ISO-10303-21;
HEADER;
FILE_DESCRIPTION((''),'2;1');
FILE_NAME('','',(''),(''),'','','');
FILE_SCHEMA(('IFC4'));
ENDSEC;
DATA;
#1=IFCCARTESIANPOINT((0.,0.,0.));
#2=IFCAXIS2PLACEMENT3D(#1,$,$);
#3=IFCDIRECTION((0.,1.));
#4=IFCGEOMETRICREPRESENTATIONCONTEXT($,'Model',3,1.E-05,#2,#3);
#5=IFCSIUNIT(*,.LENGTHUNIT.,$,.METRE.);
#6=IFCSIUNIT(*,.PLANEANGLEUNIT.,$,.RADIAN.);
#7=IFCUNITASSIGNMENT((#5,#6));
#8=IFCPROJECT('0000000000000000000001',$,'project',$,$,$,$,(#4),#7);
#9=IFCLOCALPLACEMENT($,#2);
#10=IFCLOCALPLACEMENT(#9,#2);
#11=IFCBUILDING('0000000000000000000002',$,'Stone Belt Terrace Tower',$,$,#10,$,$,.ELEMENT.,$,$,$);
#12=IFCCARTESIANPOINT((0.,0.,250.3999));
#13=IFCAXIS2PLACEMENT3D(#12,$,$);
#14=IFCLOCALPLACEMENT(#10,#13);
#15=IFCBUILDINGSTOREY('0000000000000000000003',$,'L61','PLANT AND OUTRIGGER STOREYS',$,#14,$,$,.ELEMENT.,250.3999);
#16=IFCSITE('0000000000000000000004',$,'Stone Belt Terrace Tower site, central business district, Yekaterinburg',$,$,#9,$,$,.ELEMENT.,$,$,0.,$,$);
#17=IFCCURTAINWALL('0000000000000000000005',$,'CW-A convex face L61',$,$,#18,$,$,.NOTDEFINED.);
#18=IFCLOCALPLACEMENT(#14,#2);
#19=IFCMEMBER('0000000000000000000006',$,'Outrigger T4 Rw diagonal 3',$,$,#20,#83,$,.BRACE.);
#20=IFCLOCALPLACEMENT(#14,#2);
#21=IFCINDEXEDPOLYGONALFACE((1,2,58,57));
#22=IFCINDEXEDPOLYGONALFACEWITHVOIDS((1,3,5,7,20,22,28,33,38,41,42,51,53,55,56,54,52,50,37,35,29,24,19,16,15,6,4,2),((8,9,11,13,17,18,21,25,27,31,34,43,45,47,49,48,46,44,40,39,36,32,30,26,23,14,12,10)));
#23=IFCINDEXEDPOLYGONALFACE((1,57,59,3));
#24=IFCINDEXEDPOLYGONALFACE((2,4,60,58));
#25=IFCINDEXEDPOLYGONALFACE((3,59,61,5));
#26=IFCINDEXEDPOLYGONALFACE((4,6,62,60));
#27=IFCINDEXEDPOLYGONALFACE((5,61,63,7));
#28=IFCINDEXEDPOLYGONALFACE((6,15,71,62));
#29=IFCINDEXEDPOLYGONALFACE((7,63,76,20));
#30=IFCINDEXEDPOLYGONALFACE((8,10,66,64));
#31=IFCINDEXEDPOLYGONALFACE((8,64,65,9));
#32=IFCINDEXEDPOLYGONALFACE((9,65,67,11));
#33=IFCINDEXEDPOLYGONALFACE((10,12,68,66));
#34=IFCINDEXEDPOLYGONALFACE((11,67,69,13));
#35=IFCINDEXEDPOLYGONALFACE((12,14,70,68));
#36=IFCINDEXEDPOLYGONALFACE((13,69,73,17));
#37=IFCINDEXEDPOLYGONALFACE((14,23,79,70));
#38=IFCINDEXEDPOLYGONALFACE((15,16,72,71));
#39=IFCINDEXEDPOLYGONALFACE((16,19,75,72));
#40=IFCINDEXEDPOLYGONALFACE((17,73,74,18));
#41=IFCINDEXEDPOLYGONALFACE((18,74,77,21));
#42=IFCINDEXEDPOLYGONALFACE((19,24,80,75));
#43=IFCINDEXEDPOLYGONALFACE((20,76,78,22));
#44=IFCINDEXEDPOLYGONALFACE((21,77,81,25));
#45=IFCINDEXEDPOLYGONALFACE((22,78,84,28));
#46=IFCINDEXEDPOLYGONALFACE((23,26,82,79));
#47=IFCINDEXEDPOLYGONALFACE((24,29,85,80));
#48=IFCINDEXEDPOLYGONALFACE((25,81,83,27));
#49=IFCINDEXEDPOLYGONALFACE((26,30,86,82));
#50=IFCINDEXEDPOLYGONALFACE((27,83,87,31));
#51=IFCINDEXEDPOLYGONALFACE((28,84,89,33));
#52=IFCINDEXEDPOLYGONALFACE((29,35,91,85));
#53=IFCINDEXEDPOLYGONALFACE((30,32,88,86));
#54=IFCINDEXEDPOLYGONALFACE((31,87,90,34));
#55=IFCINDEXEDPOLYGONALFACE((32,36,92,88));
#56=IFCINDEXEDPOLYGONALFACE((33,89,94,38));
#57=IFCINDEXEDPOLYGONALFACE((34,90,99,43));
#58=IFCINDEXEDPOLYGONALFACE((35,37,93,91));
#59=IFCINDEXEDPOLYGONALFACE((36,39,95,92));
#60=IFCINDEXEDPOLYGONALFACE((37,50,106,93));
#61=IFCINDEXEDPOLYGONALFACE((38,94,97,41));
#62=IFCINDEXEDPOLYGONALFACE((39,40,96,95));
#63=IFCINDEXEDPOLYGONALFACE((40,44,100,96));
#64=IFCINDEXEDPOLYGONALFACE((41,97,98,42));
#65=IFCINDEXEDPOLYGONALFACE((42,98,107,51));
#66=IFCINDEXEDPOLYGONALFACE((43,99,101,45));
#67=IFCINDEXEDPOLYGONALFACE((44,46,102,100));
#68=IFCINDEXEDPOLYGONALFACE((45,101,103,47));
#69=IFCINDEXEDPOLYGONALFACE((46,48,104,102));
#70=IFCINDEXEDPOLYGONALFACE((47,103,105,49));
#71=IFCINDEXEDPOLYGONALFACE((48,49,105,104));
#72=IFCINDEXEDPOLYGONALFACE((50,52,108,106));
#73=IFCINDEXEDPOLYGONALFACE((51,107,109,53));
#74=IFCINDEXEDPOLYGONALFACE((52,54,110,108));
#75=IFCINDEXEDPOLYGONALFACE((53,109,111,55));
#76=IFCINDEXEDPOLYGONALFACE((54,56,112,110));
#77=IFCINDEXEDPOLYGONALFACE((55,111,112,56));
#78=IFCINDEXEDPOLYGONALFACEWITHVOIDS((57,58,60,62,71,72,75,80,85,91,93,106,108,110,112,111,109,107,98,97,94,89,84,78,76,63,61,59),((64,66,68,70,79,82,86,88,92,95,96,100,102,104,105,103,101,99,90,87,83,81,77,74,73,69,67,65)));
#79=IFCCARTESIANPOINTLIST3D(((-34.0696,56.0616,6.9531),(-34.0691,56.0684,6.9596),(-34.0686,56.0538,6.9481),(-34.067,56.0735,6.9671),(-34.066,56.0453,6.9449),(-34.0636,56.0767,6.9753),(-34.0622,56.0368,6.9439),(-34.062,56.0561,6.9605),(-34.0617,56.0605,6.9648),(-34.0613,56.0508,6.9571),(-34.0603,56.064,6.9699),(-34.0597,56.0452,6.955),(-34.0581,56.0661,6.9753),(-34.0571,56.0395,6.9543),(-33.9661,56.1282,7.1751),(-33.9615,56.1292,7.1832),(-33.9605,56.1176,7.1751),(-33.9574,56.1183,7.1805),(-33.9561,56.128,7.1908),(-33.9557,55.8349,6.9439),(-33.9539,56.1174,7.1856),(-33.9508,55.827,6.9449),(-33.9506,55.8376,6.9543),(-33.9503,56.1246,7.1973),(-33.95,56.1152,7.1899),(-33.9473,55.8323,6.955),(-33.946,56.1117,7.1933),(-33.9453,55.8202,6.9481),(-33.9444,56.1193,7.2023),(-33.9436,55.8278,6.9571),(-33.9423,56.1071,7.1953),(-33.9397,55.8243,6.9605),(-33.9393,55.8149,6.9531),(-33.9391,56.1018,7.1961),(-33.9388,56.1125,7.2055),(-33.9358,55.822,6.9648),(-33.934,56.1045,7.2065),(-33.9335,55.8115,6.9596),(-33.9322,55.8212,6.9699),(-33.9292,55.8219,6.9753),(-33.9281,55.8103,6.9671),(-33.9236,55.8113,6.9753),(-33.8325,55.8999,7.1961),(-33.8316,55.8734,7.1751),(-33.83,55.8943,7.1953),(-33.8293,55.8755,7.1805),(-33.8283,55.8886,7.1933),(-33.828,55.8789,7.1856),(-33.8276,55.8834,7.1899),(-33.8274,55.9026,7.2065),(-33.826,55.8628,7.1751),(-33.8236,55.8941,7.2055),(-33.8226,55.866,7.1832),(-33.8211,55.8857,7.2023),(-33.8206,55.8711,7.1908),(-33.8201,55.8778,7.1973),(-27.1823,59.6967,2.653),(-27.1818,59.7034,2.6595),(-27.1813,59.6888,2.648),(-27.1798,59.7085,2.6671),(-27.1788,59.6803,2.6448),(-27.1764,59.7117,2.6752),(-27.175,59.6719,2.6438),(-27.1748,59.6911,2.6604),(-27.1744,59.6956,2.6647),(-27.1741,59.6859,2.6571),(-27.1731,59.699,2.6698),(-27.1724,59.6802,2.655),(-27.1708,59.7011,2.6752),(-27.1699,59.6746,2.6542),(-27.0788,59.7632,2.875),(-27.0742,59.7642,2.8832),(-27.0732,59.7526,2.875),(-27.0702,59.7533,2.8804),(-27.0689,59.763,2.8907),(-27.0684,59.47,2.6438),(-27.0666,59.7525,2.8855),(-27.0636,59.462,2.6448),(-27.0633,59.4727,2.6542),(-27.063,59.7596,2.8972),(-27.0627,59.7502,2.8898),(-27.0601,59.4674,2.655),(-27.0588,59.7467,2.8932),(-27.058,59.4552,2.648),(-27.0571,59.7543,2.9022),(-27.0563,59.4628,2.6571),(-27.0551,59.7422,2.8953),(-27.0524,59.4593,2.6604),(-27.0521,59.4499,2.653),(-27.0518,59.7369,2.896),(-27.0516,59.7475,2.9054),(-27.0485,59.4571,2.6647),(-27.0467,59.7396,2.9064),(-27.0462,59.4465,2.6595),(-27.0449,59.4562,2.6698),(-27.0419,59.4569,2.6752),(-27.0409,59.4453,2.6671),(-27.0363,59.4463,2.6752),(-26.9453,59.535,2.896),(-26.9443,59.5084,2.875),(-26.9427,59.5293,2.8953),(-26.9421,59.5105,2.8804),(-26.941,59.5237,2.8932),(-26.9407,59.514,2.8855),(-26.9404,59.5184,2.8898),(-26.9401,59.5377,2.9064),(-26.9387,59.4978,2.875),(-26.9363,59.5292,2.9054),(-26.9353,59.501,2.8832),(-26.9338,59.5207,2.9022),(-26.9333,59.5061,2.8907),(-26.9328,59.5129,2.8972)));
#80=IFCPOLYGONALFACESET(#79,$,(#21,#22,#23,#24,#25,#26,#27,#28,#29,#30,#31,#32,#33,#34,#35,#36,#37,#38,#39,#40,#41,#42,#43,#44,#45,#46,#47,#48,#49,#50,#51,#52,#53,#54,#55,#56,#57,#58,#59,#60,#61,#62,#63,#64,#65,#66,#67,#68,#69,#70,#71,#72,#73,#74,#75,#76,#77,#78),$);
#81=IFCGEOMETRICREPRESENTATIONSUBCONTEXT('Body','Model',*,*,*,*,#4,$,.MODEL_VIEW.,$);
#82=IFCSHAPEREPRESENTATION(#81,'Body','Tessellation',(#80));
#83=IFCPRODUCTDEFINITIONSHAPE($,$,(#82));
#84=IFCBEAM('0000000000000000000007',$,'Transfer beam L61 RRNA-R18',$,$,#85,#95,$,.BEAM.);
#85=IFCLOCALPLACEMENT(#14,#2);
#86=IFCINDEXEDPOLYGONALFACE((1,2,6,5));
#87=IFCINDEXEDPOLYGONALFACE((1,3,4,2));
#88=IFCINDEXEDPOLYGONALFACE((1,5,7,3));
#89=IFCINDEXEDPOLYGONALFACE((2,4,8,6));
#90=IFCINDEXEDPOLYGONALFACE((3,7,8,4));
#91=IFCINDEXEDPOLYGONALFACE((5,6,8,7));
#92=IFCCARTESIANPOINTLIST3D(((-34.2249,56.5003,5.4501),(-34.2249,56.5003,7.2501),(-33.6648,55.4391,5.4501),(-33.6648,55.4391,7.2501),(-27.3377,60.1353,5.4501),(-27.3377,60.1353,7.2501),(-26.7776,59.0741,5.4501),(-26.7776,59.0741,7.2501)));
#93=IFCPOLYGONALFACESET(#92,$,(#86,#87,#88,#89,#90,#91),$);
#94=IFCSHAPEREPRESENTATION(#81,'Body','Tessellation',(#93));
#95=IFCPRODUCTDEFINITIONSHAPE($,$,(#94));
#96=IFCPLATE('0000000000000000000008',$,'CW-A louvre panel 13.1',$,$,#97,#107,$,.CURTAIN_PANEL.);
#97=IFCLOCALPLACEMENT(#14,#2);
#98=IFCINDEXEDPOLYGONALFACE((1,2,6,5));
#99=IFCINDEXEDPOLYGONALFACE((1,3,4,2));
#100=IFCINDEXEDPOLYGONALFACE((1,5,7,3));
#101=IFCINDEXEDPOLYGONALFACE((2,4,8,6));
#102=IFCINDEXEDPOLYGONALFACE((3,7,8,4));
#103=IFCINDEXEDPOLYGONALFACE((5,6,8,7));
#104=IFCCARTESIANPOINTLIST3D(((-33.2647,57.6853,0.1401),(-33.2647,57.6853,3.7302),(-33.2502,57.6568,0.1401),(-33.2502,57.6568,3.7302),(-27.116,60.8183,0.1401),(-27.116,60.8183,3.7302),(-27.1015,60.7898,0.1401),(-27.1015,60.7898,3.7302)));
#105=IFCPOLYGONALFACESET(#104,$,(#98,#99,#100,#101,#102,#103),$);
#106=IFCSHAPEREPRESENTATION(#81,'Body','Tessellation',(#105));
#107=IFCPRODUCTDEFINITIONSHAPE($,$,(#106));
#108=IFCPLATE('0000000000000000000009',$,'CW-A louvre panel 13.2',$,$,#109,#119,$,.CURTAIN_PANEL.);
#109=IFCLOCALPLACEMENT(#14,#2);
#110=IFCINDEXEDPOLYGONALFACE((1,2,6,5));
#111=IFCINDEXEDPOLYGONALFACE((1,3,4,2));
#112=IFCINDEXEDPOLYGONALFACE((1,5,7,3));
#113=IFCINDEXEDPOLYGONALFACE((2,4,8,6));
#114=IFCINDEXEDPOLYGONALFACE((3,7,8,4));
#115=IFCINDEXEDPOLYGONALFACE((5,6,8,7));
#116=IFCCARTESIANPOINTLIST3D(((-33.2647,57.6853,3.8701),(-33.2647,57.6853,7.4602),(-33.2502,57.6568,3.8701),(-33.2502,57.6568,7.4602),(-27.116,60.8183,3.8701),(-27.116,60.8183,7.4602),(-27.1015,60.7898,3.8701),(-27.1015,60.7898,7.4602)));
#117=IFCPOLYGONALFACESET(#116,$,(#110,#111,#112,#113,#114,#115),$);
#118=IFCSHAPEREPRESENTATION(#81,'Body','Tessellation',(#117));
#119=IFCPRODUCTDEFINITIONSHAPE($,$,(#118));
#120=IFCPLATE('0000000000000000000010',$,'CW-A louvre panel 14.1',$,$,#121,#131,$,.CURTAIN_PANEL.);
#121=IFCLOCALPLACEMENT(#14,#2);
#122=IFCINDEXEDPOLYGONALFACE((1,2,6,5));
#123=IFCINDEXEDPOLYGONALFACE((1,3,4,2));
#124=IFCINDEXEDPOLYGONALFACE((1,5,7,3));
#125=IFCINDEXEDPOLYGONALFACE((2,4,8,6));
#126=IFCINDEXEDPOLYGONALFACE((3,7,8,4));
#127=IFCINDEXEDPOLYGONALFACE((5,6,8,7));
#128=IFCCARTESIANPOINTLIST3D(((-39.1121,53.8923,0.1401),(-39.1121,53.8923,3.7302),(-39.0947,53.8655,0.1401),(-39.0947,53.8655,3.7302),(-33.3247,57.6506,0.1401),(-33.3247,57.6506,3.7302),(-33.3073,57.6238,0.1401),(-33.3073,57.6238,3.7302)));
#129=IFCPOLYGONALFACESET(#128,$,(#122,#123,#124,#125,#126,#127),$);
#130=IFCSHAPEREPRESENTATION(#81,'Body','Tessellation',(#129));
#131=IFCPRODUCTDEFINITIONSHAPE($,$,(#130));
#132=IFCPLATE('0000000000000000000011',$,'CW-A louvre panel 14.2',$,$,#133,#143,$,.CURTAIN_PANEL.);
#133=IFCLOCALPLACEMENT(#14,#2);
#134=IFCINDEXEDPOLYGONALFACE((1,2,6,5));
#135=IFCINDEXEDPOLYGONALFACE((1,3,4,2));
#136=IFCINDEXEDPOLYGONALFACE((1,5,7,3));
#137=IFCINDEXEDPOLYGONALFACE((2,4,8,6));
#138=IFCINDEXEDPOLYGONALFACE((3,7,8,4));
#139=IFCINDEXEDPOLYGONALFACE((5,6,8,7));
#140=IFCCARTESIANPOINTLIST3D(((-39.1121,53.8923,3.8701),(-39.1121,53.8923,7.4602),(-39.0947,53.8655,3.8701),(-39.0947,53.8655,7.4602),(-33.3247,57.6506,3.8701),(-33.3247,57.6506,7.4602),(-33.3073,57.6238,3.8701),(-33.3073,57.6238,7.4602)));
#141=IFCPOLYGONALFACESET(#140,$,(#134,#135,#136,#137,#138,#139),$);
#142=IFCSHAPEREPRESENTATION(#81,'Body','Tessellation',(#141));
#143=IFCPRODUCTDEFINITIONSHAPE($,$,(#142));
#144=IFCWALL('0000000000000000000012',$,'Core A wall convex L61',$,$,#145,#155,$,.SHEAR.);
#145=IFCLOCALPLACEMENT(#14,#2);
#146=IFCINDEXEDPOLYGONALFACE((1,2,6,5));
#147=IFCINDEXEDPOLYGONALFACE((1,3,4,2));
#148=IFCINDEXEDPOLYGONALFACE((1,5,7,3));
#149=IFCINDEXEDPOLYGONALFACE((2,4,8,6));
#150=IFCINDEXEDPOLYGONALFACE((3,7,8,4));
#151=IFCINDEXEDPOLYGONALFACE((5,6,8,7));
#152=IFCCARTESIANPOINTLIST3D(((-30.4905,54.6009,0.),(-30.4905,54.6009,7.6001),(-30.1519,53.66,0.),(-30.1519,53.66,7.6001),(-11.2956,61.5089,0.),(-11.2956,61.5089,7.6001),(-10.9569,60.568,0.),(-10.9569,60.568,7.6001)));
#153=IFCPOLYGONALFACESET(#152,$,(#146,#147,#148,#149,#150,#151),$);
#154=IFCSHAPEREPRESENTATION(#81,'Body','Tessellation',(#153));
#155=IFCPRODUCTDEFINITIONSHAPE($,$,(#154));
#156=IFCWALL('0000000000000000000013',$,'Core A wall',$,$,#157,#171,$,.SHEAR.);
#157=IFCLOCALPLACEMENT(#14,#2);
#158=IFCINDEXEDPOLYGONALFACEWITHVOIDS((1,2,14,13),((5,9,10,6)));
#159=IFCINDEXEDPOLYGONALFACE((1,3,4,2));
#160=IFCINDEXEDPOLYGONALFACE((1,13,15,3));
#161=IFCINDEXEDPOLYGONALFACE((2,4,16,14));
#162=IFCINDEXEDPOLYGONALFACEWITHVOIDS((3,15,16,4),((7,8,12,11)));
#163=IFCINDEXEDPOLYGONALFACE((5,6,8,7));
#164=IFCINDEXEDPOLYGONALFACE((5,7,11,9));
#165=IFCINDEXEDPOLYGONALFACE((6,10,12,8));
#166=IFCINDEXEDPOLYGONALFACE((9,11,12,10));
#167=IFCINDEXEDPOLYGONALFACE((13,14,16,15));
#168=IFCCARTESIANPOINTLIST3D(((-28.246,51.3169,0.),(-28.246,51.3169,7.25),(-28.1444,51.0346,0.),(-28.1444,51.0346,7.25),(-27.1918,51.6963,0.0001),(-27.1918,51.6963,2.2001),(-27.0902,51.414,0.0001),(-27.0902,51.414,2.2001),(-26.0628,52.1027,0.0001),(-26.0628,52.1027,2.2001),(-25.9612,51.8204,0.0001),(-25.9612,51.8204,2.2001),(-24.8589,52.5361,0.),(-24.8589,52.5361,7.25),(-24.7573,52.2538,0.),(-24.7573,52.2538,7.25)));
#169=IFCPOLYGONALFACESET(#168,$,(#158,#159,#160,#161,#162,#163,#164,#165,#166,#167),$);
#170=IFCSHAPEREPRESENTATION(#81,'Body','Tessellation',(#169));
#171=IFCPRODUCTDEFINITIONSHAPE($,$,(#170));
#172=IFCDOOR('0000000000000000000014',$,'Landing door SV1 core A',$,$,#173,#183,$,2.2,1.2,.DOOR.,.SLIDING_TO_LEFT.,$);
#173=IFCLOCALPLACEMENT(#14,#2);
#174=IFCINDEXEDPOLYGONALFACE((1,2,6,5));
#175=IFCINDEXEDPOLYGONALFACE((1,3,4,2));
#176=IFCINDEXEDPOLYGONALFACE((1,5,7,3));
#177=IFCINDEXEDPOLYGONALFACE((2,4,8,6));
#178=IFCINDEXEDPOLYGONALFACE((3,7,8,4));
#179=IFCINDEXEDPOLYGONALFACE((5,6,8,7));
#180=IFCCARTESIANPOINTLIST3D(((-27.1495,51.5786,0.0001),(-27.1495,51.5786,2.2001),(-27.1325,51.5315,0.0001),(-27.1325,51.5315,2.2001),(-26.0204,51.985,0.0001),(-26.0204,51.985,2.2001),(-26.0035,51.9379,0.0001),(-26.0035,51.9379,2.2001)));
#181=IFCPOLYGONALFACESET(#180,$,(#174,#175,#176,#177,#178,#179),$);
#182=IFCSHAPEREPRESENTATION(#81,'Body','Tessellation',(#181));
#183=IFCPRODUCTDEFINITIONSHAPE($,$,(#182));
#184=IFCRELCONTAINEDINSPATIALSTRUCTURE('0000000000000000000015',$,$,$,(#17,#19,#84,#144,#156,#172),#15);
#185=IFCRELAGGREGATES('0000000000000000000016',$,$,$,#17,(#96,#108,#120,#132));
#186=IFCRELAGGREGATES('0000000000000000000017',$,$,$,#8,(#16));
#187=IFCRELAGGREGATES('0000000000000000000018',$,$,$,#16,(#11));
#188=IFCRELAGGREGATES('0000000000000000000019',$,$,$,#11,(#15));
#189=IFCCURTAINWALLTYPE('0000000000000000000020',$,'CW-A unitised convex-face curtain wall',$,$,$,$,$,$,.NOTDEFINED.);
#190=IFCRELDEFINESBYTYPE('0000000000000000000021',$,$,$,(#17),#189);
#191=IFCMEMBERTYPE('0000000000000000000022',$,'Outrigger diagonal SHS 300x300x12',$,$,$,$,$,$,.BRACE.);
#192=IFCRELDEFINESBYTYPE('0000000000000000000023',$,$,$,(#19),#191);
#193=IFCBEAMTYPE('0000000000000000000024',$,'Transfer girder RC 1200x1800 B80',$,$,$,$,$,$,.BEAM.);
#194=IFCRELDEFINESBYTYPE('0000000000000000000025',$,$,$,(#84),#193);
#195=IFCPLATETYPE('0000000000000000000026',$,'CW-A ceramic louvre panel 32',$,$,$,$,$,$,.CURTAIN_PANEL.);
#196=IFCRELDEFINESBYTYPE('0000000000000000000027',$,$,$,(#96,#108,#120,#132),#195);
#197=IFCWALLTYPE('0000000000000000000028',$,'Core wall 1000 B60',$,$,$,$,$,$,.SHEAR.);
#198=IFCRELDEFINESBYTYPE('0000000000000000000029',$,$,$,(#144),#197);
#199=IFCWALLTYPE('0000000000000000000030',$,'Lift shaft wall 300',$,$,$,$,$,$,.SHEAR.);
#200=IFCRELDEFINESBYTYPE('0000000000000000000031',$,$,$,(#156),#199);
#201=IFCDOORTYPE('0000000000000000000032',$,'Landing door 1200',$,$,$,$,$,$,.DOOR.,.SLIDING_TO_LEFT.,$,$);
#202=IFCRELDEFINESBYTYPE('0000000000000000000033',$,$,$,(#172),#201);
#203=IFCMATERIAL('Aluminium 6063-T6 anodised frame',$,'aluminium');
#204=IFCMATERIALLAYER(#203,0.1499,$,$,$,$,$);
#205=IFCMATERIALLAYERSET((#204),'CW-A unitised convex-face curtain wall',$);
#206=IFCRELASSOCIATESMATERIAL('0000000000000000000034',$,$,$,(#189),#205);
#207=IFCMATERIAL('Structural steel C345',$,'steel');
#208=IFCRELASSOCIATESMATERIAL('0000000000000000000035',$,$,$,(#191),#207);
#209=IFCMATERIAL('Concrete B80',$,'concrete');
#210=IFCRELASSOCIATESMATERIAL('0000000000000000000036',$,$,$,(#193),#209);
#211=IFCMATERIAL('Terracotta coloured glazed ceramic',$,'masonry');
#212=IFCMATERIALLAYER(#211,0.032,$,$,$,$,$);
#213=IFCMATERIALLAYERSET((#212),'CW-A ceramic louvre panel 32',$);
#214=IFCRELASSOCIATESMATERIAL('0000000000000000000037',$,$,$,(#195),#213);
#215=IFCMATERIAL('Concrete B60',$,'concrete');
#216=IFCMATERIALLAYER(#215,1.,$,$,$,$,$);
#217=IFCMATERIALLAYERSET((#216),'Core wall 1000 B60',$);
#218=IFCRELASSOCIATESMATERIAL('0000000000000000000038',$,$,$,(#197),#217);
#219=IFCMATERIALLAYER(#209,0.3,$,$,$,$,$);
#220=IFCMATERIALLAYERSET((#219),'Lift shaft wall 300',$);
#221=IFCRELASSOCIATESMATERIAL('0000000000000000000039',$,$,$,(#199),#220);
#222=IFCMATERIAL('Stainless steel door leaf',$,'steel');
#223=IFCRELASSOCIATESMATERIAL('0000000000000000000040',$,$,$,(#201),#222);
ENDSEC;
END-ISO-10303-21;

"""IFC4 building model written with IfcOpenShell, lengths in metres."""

from ifc_helpers import new_model, si_unit, direction, frame, frame_2d, origin, origin_2d, place, context, subcontext, project, spatial, rectangle, hollow_rectangle, extrude, material, layer, layer_set, material_profile, profile_set, type_object, element, fill, aggregate, save


model = new_model("IFC4")

# Units and contexts
model_context = context("Model", 3, precision=1e-05, world=origin(), true_north=direction((0.0, 1.0)))
body_context = subcontext(model_context, "Body", "Model", "MODEL_VIEW")
ifc_project = project(units=[si_unit("LENGTHUNIT", "METRE"), si_unit("PLANEANGLEUNIT", "RADIAN")], contexts=[model_context])

# Site, building, storey
site_placement = place(None, origin())
site = spatial("IfcSite", under=ifc_project, at=site_placement, Name="Stone Belt Terrace Tower site, central business district, Yekaterinburg", CompositionType="ELEMENT", RefElevation=0.0)
building_placement = place(site_placement, origin())
building = spatial("IfcBuilding", under=site, at=building_placement, Name="Stone Belt Terrace Tower", CompositionType="ELEMENT")
storey_placement = place(building_placement, frame((0.0, 0.0, 250.3999)))
storey = spatial("IfcBuildingStorey", under=building, at=storey_placement, Name="L61", Description="PLANT AND OUTRIGGER STOREYS", CompositionType="ELEMENT", Elevation=250.3999)

# Shared definitions
ifc_material_1 = material(Name="Concrete B60", Category="concrete")

# Curtain wall
ifc_material_2 = material(Name="Aluminium 6063-T6 anodised frame", Category="aluminium")
ifc_layer_1 = layer(ifc_material_2, 0.1499)
ifc_layer_set_1 = layer_set([ifc_layer_1], Name="CW-A unitised convex-face curtain wall")
curtain_wall_type = type_object("IfcCurtainWallType", Name="CW-A unitised convex-face curtain wall", PredefinedType="NOTDEFINED", material=ifc_layer_set_1)
curtain_wall_placement = place(storey_placement, origin())
curtain_wall = element("IfcCurtainWall", 1, at=curtain_wall_placement, inside=storey, type_object=curtain_wall_type, Name="CW-A convex face L61", PredefinedType="NOTDEFINED")

# Member
ifc_material_3 = material(Name="Structural steel C345", Category="steel")
ifc_material_profile_1 = material_profile(ifc_material_3, hollow_rectangle(XDim=0.3, YDim=0.3, WallThickness=0.012, InnerFilletRadius=0.0239, OuterFilletRadius=0.0359, at=origin_2d()), Name="SHS 300x300x12")
ifc_profile_set_1 = profile_set([ifc_material_profile_1], Name="Structural steel C345")
member_type_1 = type_object("IfcMemberType", Name="Outrigger diagonal SHS 300x300x12", PredefinedType="BRACE", material=ifc_profile_set_1)
member_1_placement = place(storey_placement, frame((-33.9448, 55.9697, 7.0752), z_axis=(0.774199, 0.408616, -0.483373), x_axis=(-0.466768, 0.88438, 0.0)))
element("IfcMember", 2, at=member_1_placement, inside=storey, type_object=member_type_1, Name="Outrigger T4 Rw diagonal 3", PredefinedType="BRACE", context=body_context, shape_type="SweptSolid", body=[
    extrude(hollow_rectangle(XDim=0.3, YDim=0.3, WallThickness=0.012, InnerFilletRadius=0.0239, OuterFilletRadius=0.0359, at=origin_2d()), origin(), (0.0, 0.0, 1.0), 8.896),
])

# Beam
ifc_material_4 = material(Name="Concrete B80", Category="concrete")
ifc_material_profile_2 = material_profile(ifc_material_4, rectangle(XDim=1.2, YDim=1.8, at=origin_2d()), Name="RC 1200x1800")
ifc_profile_set_2 = profile_set([ifc_material_profile_2], Name="Concrete B80")
beam_type = type_object("IfcBeamType", Name="Transfer girder RC 1200x1800 B80", PredefinedType="BEAM", material=ifc_profile_set_2)
beam_placement = place(storey_placement, frame((-33.9448, 55.9697, 6.3501), z_axis=(0.88438, 0.466768, 0.0), x_axis=(-0.466768, 0.88438, 0.0)))
element("IfcBeam", 3, at=beam_placement, inside=storey, type_object=beam_type, Name="Transfer beam L61 RRNA-R18", PredefinedType="BEAM", context=body_context, shape_type="SweptSolid", body=[
    extrude(rectangle(XDim=1.2, YDim=1.8, at=origin_2d()), origin(), (0.0, 0.0, 1.0), 7.7876),
])

# Plates
ifc_material_5 = material(Name="Terracotta coloured glazed ceramic", Category="masonry")
ifc_layer_2 = layer(ifc_material_5, 0.032)
ifc_layer_set_2 = layer_set([ifc_layer_2], Name="CW-A ceramic louvre panel 32")
plate_type = type_object("IfcPlateType", Name="CW-A ceramic louvre panel 32", PredefinedType="CURTAIN_PANEL", material=ifc_layer_set_2)
plate_1_placement = place(storey_placement, frame((-30.1831, 59.2375, 0.1401), z_axis=(0.0, 0.0, 1.0), x_axis=(-0.891007, -0.45399, 0.0)))
plate_1 = element("IfcPlate", 4, at=plate_1_placement, type_object=plate_type, Name="CW-A louvre panel 13.1", PredefinedType="CURTAIN_PANEL", context=body_context, shape_type="SweptSolid", body=[
    extrude(rectangle(XDim=6.9009, YDim=0.032, at=origin_2d()), origin(), (0.0, 0.0, 1.0), 3.5901),
])
plate_2_placement = place(storey_placement, frame((-30.1831, 59.2375, 3.8701), z_axis=(0.0, 0.0, 1.0), x_axis=(-0.891007, -0.45399, 0.0)))
plate_2 = element("IfcPlate", 5, at=plate_2_placement, type_object=plate_type, Name="CW-A louvre panel 13.2", PredefinedType="CURTAIN_PANEL", context=body_context, shape_type="SweptSolid", body=[
    extrude(rectangle(XDim=6.9009, YDim=0.032, at=origin_2d()), origin(), (0.0, 0.0, 1.0), 3.5901),
])
plate_3_placement = place(storey_placement, frame((-36.2097, 55.7581, 0.1401), z_axis=(0.0, 0.0, 1.0), x_axis=(-0.838671, -0.544639, 0.0)))
plate_3 = element("IfcPlate", 6, at=plate_3_placement, type_object=plate_type, Name="CW-A louvre panel 14.1", PredefinedType="CURTAIN_PANEL", context=body_context, shape_type="SweptSolid", body=[
    extrude(rectangle(XDim=6.9006, YDim=0.032, at=origin_2d()), origin(), (0.0, 0.0, 1.0), 3.5901),
])
plate_4_placement = place(storey_placement, frame((-36.2097, 55.7581, 3.8701), z_axis=(0.0, 0.0, 1.0), x_axis=(-0.838671, -0.544639, 0.0)))
plate_4 = element("IfcPlate", 7, at=plate_4_placement, type_object=plate_type, Name="CW-A louvre panel 14.2", PredefinedType="CURTAIN_PANEL", context=body_context, shape_type="SweptSolid", body=[
    extrude(rectangle(XDim=6.9006, YDim=0.032, at=origin_2d()), origin(), (0.0, 0.0, 1.0), 3.5901),
])
aggregate(curtain_wall, [plate_1, plate_2, plate_3, plate_4])

# Wall
ifc_layer_3 = layer(ifc_material_1, 1.0)
ifc_layer_set_3 = layer_set([ifc_layer_3], Name="Core wall 1000 B60")
wall_type_1 = type_object("IfcWallType", Name="Core wall 1000 B60", PredefinedType="SHEAR", material=ifc_layer_set_3)
wall_1_placement = place(storey_placement, frame((-30.3213, 54.1304, 0.0), z_axis=(0.0, 0.0, 1.0), x_axis=(0.940921, 0.338625, 0.0)))
element("IfcWall", 8, at=wall_1_placement, inside=storey, type_object=wall_type_1, Name="Core A wall convex L61", PredefinedType="SHEAR", context=body_context, shape_type="SweptSolid", body=[
    extrude(rectangle(XDim=20.4001, YDim=1.0, at=frame_2d((10.2002, 0.0))), origin(), (0.0, 0.0, 1.0), 7.6001),
])

# Wall, opening, door
ifc_layer_4 = layer(ifc_material_4, 0.3)
ifc_layer_set_4 = layer_set([ifc_layer_4], Name="Lift shaft wall 300")
wall_type_2 = type_object("IfcWallType", Name="Lift shaft wall 300", PredefinedType="SHEAR", material=ifc_layer_set_4)
wall_2_placement = place(storey_placement, frame((-28.1951, 51.1758, 0.0), z_axis=(0.0, 0.0, 1.0), x_axis=(0.940901, 0.338681, 0.0)))
wall_2 = element("IfcWall", 9, at=wall_2_placement, inside=storey, type_object=wall_type_2, Name="Core A wall", PredefinedType="SHEAR", context=body_context, shape_type="SweptSolid", body=[
    extrude(rectangle(XDim=3.5999, YDim=0.3, at=frame_2d((1.7998, 0.0))), origin(), (0.0, 0.0, 1.0), 7.25),
])
opening_1_placement = place(wall_2_placement, frame((1.1201, 0.0, 0.0)))
opening_1 = element("IfcOpeningElement", 10, at=opening_1_placement, cuts=wall_2, PredefinedType="OPENING", context=body_context, shape_type="SweptSolid", body=[
    extrude(rectangle(XDim=1.2, YDim=2.2, at=frame_2d((0.6001, 1.1001))), frame((0.0, 0.1599, 0.0), z_axis=(0.0, -1.0, 0.0), x_axis=(1.0, 0.0, 0.0)), (0.0, 0.0, 1.0), 0.3201),
])
ifc_material_6 = material(Name="Stainless steel door leaf", Category="steel")
door_type_1 = type_object("IfcDoorType", Name="Landing door 1200", OperationType="SLIDING_TO_LEFT", PredefinedType="DOOR", material=ifc_material_6)
door_1_placement = place(opening_1_placement, origin())
door_1 = element("IfcDoor", 11, at=door_1_placement, inside=storey, type_object=door_type_1, Name="Landing door SV1 core A", OperationType="SLIDING_TO_LEFT", OverallHeight=2.2, OverallWidth=1.2, PredefinedType="DOOR", context=body_context, shape_type="SweptSolid", body=[
    extrude(rectangle(XDim=1.2, YDim=2.2, at=frame_2d((0.6001, 1.1001))), frame((0.0, 0.0249, 0.0), z_axis=(0.0, -1.0, 0.0), x_axis=(1.0, 0.0, 0.0)), (0.0, 0.0, 1.0), 0.05),
])
fill(opening_1, door_1)

save(model, "model.ifc")
